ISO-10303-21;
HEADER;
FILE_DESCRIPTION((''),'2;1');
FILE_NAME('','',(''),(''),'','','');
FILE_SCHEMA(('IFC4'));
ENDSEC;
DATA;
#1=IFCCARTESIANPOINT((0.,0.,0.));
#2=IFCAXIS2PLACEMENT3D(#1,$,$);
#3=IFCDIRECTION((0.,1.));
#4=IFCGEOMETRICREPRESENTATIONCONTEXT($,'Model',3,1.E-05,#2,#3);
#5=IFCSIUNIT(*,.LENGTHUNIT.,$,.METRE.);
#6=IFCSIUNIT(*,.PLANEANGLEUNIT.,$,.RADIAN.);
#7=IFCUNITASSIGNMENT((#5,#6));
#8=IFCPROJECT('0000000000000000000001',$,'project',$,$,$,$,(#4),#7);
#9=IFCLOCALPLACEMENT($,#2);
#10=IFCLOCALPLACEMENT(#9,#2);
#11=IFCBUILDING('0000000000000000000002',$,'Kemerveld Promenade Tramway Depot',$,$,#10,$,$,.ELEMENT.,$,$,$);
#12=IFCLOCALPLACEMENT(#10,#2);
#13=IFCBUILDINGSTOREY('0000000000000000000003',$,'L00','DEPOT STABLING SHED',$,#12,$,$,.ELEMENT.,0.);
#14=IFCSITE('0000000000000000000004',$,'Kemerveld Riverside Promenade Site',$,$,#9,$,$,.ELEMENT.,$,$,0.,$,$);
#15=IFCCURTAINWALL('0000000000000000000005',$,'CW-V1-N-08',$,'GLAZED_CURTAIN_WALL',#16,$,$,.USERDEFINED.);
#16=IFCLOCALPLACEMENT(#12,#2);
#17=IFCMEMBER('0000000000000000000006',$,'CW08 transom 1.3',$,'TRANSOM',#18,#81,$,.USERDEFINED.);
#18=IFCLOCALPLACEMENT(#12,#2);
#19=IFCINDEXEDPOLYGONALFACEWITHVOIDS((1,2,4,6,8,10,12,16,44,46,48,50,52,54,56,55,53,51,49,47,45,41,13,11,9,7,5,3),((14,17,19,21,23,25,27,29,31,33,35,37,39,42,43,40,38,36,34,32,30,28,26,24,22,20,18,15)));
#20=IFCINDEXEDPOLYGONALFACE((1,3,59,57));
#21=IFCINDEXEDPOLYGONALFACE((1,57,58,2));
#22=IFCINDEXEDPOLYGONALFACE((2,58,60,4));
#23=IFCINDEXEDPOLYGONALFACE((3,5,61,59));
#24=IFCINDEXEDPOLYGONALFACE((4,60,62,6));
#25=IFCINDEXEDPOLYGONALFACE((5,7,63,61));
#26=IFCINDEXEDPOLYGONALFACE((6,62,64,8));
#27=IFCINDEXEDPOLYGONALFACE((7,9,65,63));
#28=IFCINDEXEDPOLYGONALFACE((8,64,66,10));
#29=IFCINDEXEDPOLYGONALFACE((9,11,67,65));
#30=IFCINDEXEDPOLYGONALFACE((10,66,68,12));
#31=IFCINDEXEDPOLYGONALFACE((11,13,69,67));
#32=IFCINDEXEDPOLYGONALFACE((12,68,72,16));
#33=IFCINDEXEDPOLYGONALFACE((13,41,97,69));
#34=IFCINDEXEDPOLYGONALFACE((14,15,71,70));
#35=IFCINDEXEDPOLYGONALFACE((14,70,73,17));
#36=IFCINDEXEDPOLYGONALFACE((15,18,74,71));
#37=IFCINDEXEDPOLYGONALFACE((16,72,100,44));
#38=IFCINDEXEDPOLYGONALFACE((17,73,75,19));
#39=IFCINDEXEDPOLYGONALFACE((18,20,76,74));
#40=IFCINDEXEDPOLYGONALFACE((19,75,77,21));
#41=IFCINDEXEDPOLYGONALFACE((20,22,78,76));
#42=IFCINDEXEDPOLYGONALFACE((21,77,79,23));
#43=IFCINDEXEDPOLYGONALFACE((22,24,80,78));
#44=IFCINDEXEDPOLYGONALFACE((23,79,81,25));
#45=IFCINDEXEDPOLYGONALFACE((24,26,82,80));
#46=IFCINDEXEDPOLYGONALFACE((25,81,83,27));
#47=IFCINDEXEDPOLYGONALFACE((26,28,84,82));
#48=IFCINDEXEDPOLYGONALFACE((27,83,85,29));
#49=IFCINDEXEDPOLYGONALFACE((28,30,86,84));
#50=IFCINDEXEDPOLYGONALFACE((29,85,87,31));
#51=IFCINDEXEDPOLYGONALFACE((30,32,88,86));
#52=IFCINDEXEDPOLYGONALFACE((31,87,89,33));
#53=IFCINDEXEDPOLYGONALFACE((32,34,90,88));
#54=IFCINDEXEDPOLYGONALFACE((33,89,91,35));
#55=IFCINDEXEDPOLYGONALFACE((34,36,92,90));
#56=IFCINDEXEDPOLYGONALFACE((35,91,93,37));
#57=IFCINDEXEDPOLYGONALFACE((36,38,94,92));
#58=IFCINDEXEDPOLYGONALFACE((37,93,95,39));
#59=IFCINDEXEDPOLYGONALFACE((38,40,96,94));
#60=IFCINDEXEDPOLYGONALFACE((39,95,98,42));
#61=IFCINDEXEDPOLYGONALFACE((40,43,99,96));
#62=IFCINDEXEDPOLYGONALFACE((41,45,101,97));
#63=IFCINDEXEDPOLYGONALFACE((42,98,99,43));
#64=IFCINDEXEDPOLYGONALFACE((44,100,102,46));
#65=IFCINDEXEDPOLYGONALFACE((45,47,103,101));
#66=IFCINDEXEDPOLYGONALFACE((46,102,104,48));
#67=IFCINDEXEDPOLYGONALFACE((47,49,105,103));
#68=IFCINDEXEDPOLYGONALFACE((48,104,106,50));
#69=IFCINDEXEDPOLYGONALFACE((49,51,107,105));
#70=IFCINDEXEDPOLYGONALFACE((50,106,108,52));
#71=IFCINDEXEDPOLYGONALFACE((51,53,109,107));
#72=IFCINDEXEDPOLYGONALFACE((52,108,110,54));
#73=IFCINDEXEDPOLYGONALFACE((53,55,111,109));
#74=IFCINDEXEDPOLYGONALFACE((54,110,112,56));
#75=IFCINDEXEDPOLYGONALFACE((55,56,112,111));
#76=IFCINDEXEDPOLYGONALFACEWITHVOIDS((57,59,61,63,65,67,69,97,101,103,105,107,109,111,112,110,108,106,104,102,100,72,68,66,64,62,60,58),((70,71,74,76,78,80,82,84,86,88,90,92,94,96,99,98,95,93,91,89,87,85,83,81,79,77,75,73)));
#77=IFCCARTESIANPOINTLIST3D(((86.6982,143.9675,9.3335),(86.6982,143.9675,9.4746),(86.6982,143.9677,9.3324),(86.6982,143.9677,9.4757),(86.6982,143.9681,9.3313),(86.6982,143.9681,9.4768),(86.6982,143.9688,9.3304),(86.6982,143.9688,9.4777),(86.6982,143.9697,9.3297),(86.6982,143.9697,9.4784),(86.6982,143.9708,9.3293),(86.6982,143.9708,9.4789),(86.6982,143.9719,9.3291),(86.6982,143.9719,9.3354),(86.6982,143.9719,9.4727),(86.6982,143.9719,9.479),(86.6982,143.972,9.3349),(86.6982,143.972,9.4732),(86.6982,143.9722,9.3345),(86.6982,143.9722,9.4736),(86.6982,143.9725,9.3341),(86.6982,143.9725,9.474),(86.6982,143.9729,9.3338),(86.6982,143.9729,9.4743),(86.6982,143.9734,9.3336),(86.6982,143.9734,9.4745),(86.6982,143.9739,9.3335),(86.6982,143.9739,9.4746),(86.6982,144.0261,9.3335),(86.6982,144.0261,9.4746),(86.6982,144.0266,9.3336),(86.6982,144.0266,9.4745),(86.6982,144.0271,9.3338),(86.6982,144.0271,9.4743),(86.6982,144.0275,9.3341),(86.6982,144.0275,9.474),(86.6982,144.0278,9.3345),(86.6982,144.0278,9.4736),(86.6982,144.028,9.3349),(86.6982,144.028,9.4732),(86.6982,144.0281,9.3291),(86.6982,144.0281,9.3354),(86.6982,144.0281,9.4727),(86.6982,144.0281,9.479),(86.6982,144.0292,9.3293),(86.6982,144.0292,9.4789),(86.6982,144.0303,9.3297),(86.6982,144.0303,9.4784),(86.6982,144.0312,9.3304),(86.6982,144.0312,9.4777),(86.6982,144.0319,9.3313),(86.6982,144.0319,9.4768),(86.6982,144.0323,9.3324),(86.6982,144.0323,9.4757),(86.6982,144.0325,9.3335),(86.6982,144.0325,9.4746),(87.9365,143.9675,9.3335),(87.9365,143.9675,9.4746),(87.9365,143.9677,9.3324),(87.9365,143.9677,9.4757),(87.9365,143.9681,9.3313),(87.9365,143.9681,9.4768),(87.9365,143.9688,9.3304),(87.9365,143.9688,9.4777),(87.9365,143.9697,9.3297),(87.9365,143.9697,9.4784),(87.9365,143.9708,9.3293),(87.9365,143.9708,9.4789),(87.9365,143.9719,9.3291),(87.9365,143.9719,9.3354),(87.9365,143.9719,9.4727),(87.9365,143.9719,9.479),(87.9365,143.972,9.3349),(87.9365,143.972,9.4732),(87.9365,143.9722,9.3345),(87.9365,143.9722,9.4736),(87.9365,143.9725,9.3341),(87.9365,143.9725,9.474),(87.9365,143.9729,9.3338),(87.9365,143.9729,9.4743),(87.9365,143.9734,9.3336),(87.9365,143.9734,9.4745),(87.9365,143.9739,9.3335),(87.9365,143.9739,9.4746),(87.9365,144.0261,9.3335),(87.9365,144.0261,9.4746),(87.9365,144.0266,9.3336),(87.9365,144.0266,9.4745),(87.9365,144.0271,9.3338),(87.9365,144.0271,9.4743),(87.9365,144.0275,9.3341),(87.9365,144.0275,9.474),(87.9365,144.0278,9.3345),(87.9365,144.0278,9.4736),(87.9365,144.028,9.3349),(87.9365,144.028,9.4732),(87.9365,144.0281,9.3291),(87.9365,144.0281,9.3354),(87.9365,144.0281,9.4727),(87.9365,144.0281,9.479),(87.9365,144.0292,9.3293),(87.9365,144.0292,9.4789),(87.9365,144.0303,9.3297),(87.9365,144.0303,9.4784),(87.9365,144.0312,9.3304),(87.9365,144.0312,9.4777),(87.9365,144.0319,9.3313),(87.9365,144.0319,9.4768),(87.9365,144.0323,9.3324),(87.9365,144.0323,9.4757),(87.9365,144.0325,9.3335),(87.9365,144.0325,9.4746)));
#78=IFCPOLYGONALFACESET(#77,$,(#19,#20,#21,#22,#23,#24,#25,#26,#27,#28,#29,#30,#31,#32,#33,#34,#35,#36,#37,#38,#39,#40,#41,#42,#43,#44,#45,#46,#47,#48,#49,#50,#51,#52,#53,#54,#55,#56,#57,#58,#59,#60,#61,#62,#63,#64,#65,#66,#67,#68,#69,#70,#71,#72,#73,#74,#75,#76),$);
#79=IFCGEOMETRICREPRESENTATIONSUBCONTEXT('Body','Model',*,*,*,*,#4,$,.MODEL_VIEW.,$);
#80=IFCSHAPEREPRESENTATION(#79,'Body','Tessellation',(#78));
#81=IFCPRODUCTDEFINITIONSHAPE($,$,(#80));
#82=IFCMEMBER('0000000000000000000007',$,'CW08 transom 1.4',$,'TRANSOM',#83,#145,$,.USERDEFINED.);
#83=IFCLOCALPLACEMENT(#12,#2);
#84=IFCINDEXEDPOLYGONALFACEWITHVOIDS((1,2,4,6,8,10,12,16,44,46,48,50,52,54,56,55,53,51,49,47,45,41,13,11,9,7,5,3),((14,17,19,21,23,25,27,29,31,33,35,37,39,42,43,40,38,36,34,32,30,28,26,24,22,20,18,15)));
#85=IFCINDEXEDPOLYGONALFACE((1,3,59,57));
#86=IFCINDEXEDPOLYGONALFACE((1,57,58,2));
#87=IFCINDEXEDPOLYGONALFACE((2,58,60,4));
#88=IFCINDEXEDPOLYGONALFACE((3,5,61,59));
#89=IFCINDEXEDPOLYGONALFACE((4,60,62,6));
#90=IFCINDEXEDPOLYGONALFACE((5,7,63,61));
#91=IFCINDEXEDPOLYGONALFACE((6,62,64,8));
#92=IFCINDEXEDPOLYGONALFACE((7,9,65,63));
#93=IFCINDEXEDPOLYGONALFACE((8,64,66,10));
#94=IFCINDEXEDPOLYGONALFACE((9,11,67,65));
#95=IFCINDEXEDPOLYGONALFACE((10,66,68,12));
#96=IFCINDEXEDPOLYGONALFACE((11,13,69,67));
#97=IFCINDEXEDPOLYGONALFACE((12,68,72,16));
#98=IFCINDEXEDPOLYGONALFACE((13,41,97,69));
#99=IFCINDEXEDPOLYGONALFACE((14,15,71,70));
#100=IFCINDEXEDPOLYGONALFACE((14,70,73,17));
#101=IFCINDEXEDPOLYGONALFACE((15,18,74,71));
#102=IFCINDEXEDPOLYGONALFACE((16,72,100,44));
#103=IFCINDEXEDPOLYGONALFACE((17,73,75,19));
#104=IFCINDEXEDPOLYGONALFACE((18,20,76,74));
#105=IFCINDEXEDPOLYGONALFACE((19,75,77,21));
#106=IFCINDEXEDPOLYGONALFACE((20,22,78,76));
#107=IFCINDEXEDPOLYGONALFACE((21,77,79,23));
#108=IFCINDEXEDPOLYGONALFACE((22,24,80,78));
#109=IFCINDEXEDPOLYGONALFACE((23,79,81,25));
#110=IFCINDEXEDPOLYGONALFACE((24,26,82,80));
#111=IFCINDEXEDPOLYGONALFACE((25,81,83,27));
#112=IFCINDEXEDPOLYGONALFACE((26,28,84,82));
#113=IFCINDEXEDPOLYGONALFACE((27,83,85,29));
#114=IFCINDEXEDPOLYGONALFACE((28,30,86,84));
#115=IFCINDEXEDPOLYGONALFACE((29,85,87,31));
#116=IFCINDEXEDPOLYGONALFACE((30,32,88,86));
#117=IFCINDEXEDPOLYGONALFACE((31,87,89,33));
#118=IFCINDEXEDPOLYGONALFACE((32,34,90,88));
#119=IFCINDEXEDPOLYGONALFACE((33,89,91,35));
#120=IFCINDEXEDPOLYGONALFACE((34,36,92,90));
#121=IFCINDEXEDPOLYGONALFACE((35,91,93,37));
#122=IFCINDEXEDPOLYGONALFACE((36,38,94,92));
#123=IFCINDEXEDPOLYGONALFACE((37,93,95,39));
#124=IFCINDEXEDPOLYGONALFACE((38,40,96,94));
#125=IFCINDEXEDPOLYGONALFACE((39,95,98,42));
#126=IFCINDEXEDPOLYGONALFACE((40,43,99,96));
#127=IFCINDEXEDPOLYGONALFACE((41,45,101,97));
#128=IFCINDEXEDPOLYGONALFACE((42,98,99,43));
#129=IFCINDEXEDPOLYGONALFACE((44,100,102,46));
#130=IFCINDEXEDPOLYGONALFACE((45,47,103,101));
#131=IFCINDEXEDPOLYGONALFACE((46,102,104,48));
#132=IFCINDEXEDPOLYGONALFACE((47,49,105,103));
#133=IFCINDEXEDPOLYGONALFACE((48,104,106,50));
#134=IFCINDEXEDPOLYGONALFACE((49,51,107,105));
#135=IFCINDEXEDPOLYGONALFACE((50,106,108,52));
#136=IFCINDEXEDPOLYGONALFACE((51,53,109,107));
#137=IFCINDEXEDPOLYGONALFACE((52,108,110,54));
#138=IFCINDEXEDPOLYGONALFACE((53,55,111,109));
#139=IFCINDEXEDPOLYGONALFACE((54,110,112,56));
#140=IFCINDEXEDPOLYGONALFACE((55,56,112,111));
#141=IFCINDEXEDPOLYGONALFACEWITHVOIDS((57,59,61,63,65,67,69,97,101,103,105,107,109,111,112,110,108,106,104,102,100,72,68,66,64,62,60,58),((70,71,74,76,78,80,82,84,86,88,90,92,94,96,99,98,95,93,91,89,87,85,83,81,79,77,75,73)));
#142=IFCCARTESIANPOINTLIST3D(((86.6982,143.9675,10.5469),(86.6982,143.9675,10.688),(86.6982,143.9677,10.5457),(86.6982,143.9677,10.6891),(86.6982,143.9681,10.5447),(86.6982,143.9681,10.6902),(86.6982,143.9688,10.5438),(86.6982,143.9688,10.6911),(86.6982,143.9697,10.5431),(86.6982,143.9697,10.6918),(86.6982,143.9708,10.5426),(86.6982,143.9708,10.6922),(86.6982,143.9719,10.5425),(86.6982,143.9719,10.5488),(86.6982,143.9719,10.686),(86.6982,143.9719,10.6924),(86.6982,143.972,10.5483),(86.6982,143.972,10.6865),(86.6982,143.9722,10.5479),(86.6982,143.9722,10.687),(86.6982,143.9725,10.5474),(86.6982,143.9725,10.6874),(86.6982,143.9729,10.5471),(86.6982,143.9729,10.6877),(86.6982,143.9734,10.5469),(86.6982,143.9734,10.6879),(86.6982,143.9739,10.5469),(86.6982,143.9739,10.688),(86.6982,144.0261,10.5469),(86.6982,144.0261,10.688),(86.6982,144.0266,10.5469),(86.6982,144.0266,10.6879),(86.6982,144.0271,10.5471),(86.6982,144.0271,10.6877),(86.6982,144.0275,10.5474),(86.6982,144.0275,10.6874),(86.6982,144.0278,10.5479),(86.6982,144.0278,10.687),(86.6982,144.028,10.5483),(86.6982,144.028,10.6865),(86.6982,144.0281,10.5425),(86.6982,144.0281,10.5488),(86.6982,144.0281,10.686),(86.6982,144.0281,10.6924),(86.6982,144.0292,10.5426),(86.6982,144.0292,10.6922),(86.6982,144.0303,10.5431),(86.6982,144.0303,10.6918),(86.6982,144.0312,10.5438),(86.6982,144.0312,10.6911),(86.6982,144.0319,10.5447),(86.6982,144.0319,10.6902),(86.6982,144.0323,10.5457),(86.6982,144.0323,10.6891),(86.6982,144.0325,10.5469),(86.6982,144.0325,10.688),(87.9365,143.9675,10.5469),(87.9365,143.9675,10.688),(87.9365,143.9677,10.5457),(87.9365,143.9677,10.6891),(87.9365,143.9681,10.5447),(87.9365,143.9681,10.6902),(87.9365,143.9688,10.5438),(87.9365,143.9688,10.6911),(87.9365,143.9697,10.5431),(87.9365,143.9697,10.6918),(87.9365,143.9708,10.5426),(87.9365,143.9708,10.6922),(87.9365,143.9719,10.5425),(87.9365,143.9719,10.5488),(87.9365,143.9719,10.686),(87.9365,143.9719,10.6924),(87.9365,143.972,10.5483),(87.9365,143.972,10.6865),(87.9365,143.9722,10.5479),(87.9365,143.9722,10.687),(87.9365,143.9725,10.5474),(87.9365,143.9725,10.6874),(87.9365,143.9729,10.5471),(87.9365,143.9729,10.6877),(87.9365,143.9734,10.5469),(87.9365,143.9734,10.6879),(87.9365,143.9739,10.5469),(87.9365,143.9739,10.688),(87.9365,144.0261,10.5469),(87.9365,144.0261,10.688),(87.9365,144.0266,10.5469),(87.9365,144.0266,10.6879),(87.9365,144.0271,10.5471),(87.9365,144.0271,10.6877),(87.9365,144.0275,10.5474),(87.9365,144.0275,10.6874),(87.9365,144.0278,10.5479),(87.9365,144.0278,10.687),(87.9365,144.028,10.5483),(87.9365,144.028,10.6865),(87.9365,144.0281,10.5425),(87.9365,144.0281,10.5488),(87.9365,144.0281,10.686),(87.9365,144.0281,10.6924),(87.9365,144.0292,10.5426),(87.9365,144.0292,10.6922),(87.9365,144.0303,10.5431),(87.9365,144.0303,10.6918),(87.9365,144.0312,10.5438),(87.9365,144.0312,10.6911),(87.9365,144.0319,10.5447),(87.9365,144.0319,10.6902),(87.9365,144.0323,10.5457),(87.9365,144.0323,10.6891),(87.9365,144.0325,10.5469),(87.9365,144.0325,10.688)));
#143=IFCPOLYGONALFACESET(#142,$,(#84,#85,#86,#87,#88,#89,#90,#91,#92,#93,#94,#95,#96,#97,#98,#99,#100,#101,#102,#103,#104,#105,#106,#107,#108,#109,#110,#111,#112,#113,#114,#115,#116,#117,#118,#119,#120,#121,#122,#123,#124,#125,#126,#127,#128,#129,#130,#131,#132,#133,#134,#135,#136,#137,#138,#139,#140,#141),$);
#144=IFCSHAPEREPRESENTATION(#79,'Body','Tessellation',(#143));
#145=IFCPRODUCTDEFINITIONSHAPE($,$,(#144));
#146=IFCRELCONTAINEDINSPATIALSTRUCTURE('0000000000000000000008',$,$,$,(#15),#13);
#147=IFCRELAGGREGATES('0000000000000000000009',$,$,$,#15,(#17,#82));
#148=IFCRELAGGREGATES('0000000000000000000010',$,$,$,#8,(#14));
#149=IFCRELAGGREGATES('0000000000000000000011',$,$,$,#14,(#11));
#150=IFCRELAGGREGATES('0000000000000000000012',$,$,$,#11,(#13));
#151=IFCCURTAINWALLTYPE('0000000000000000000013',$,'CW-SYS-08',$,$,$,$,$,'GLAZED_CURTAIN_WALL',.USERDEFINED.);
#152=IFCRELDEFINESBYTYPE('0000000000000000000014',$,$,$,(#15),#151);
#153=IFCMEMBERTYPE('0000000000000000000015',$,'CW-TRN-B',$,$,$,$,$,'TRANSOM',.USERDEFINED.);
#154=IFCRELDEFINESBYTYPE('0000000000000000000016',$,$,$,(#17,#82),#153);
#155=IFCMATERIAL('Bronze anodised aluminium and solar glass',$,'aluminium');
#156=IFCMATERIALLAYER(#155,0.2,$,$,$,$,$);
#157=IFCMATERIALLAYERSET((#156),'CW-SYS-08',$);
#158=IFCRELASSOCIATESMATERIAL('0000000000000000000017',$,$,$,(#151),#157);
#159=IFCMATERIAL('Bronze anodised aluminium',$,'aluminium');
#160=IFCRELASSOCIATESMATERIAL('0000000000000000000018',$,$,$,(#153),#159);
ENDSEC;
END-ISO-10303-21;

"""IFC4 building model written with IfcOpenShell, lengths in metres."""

from ifc_helpers import new_model, si_unit, direction, frame, origin, origin_2d, place, context, subcontext, project, spatial, hollow_rectangle, extrude, material, layer, layer_set, material_profile, profile_set, type_object, element, aggregate, save


model = new_model("IFC4")

# Units and contexts
model_context = context("Model", 3, precision=1e-05, world=origin(), true_north=direction((0.0, 1.0)))
body_context = subcontext(model_context, "Body", "Model", "MODEL_VIEW")
ifc_project = project(units=[si_unit("LENGTHUNIT", "METRE"), si_unit("PLANEANGLEUNIT", "RADIAN")], contexts=[model_context])

# Site, building, storey
site_placement = place(None, origin())
site = spatial("IfcSite", under=ifc_project, at=site_placement, Name="Kemerveld Riverside Promenade Site", CompositionType="ELEMENT", RefElevation=0.0)
building_placement = place(site_placement, origin())
building = spatial("IfcBuilding", under=site, at=building_placement, Name="Kemerveld Promenade Tramway Depot", CompositionType="ELEMENT")
storey_placement = place(building_placement, origin())
storey = spatial("IfcBuildingStorey", under=building, at=storey_placement, Name="L00", Description="DEPOT STABLING SHED", CompositionType="ELEMENT", Elevation=0.0)

# Curtain wall, members
ifc_material_1 = material(Name="Bronze anodised aluminium and solar glass", Category="aluminium")
ifc_material_2 = material(Name="Bronze anodised aluminium", Category="aluminium")
ifc_layer_1 = layer(ifc_material_1, 0.2)
ifc_layer_set_1 = layer_set([ifc_layer_1], Name="CW-SYS-08")
curtain_wall_type_1 = type_object("IfcCurtainWallType", Name="CW-SYS-08", ElementType="GLAZED_CURTAIN_WALL", PredefinedType="USERDEFINED", material=ifc_layer_set_1)
curtain_wall_1_placement = place(storey_placement, origin())
curtain_wall_1 = element("IfcCurtainWall", 1, at=curtain_wall_1_placement, inside=storey, type_object=curtain_wall_type_1, Name="CW-V1-N-08", ObjectType="GLAZED_CURTAIN_WALL", PredefinedType="USERDEFINED")
ifc_material_profile_1 = material_profile(ifc_material_2, hollow_rectangle(XDim=0.0649, YDim=0.1499, WallThickness=0.0044, InnerFilletRadius=0.002, OuterFilletRadius=0.0044, at=origin_2d()), Name="CW-TRN-150x65")
ifc_profile_set_1 = profile_set([ifc_material_profile_1], Name="Bronze anodised aluminium")
member_type_1 = type_object("IfcMemberType", Name="CW-TRN-B", ElementType="TRANSOM", PredefinedType="USERDEFINED", material=ifc_profile_set_1)
member_1_placement = place(storey_placement, frame((86.6982, 144.0, 9.4041), z_axis=(1.0, 0.0, 0.0), x_axis=(0.0, 1.0, 0.0)))
member_1 = element("IfcMember", 2, at=member_1_placement, type_object=member_type_1, Name="CW08 transom 1.3", ObjectType="TRANSOM", PredefinedType="USERDEFINED", context=body_context, shape_type="SweptSolid", body=[
    extrude(hollow_rectangle(XDim=0.0649, YDim=0.1499, WallThickness=0.0044, InnerFilletRadius=0.002, OuterFilletRadius=0.0044, at=origin_2d()), origin(), (0.0, 0.0, 1.0), 1.2383),
])
member_2_placement = place(storey_placement, frame((86.6982, 144.0, 10.6174), z_axis=(1.0, 0.0, 0.0), x_axis=(0.0, 1.0, 0.0)))
member_2 = element("IfcMember", 3, at=member_2_placement, type_object=member_type_1, Name="CW08 transom 1.4", ObjectType="TRANSOM", PredefinedType="USERDEFINED", context=body_context, shape_type="SweptSolid", body=[
    extrude(hollow_rectangle(XDim=0.0649, YDim=0.1499, WallThickness=0.0044, InnerFilletRadius=0.002, OuterFilletRadius=0.0044, at=origin_2d()), origin(), (0.0, 0.0, 1.0), 1.2383),
])

aggregate(curtain_wall_1, [member_1, member_2])

save(model, "model.ifc")
